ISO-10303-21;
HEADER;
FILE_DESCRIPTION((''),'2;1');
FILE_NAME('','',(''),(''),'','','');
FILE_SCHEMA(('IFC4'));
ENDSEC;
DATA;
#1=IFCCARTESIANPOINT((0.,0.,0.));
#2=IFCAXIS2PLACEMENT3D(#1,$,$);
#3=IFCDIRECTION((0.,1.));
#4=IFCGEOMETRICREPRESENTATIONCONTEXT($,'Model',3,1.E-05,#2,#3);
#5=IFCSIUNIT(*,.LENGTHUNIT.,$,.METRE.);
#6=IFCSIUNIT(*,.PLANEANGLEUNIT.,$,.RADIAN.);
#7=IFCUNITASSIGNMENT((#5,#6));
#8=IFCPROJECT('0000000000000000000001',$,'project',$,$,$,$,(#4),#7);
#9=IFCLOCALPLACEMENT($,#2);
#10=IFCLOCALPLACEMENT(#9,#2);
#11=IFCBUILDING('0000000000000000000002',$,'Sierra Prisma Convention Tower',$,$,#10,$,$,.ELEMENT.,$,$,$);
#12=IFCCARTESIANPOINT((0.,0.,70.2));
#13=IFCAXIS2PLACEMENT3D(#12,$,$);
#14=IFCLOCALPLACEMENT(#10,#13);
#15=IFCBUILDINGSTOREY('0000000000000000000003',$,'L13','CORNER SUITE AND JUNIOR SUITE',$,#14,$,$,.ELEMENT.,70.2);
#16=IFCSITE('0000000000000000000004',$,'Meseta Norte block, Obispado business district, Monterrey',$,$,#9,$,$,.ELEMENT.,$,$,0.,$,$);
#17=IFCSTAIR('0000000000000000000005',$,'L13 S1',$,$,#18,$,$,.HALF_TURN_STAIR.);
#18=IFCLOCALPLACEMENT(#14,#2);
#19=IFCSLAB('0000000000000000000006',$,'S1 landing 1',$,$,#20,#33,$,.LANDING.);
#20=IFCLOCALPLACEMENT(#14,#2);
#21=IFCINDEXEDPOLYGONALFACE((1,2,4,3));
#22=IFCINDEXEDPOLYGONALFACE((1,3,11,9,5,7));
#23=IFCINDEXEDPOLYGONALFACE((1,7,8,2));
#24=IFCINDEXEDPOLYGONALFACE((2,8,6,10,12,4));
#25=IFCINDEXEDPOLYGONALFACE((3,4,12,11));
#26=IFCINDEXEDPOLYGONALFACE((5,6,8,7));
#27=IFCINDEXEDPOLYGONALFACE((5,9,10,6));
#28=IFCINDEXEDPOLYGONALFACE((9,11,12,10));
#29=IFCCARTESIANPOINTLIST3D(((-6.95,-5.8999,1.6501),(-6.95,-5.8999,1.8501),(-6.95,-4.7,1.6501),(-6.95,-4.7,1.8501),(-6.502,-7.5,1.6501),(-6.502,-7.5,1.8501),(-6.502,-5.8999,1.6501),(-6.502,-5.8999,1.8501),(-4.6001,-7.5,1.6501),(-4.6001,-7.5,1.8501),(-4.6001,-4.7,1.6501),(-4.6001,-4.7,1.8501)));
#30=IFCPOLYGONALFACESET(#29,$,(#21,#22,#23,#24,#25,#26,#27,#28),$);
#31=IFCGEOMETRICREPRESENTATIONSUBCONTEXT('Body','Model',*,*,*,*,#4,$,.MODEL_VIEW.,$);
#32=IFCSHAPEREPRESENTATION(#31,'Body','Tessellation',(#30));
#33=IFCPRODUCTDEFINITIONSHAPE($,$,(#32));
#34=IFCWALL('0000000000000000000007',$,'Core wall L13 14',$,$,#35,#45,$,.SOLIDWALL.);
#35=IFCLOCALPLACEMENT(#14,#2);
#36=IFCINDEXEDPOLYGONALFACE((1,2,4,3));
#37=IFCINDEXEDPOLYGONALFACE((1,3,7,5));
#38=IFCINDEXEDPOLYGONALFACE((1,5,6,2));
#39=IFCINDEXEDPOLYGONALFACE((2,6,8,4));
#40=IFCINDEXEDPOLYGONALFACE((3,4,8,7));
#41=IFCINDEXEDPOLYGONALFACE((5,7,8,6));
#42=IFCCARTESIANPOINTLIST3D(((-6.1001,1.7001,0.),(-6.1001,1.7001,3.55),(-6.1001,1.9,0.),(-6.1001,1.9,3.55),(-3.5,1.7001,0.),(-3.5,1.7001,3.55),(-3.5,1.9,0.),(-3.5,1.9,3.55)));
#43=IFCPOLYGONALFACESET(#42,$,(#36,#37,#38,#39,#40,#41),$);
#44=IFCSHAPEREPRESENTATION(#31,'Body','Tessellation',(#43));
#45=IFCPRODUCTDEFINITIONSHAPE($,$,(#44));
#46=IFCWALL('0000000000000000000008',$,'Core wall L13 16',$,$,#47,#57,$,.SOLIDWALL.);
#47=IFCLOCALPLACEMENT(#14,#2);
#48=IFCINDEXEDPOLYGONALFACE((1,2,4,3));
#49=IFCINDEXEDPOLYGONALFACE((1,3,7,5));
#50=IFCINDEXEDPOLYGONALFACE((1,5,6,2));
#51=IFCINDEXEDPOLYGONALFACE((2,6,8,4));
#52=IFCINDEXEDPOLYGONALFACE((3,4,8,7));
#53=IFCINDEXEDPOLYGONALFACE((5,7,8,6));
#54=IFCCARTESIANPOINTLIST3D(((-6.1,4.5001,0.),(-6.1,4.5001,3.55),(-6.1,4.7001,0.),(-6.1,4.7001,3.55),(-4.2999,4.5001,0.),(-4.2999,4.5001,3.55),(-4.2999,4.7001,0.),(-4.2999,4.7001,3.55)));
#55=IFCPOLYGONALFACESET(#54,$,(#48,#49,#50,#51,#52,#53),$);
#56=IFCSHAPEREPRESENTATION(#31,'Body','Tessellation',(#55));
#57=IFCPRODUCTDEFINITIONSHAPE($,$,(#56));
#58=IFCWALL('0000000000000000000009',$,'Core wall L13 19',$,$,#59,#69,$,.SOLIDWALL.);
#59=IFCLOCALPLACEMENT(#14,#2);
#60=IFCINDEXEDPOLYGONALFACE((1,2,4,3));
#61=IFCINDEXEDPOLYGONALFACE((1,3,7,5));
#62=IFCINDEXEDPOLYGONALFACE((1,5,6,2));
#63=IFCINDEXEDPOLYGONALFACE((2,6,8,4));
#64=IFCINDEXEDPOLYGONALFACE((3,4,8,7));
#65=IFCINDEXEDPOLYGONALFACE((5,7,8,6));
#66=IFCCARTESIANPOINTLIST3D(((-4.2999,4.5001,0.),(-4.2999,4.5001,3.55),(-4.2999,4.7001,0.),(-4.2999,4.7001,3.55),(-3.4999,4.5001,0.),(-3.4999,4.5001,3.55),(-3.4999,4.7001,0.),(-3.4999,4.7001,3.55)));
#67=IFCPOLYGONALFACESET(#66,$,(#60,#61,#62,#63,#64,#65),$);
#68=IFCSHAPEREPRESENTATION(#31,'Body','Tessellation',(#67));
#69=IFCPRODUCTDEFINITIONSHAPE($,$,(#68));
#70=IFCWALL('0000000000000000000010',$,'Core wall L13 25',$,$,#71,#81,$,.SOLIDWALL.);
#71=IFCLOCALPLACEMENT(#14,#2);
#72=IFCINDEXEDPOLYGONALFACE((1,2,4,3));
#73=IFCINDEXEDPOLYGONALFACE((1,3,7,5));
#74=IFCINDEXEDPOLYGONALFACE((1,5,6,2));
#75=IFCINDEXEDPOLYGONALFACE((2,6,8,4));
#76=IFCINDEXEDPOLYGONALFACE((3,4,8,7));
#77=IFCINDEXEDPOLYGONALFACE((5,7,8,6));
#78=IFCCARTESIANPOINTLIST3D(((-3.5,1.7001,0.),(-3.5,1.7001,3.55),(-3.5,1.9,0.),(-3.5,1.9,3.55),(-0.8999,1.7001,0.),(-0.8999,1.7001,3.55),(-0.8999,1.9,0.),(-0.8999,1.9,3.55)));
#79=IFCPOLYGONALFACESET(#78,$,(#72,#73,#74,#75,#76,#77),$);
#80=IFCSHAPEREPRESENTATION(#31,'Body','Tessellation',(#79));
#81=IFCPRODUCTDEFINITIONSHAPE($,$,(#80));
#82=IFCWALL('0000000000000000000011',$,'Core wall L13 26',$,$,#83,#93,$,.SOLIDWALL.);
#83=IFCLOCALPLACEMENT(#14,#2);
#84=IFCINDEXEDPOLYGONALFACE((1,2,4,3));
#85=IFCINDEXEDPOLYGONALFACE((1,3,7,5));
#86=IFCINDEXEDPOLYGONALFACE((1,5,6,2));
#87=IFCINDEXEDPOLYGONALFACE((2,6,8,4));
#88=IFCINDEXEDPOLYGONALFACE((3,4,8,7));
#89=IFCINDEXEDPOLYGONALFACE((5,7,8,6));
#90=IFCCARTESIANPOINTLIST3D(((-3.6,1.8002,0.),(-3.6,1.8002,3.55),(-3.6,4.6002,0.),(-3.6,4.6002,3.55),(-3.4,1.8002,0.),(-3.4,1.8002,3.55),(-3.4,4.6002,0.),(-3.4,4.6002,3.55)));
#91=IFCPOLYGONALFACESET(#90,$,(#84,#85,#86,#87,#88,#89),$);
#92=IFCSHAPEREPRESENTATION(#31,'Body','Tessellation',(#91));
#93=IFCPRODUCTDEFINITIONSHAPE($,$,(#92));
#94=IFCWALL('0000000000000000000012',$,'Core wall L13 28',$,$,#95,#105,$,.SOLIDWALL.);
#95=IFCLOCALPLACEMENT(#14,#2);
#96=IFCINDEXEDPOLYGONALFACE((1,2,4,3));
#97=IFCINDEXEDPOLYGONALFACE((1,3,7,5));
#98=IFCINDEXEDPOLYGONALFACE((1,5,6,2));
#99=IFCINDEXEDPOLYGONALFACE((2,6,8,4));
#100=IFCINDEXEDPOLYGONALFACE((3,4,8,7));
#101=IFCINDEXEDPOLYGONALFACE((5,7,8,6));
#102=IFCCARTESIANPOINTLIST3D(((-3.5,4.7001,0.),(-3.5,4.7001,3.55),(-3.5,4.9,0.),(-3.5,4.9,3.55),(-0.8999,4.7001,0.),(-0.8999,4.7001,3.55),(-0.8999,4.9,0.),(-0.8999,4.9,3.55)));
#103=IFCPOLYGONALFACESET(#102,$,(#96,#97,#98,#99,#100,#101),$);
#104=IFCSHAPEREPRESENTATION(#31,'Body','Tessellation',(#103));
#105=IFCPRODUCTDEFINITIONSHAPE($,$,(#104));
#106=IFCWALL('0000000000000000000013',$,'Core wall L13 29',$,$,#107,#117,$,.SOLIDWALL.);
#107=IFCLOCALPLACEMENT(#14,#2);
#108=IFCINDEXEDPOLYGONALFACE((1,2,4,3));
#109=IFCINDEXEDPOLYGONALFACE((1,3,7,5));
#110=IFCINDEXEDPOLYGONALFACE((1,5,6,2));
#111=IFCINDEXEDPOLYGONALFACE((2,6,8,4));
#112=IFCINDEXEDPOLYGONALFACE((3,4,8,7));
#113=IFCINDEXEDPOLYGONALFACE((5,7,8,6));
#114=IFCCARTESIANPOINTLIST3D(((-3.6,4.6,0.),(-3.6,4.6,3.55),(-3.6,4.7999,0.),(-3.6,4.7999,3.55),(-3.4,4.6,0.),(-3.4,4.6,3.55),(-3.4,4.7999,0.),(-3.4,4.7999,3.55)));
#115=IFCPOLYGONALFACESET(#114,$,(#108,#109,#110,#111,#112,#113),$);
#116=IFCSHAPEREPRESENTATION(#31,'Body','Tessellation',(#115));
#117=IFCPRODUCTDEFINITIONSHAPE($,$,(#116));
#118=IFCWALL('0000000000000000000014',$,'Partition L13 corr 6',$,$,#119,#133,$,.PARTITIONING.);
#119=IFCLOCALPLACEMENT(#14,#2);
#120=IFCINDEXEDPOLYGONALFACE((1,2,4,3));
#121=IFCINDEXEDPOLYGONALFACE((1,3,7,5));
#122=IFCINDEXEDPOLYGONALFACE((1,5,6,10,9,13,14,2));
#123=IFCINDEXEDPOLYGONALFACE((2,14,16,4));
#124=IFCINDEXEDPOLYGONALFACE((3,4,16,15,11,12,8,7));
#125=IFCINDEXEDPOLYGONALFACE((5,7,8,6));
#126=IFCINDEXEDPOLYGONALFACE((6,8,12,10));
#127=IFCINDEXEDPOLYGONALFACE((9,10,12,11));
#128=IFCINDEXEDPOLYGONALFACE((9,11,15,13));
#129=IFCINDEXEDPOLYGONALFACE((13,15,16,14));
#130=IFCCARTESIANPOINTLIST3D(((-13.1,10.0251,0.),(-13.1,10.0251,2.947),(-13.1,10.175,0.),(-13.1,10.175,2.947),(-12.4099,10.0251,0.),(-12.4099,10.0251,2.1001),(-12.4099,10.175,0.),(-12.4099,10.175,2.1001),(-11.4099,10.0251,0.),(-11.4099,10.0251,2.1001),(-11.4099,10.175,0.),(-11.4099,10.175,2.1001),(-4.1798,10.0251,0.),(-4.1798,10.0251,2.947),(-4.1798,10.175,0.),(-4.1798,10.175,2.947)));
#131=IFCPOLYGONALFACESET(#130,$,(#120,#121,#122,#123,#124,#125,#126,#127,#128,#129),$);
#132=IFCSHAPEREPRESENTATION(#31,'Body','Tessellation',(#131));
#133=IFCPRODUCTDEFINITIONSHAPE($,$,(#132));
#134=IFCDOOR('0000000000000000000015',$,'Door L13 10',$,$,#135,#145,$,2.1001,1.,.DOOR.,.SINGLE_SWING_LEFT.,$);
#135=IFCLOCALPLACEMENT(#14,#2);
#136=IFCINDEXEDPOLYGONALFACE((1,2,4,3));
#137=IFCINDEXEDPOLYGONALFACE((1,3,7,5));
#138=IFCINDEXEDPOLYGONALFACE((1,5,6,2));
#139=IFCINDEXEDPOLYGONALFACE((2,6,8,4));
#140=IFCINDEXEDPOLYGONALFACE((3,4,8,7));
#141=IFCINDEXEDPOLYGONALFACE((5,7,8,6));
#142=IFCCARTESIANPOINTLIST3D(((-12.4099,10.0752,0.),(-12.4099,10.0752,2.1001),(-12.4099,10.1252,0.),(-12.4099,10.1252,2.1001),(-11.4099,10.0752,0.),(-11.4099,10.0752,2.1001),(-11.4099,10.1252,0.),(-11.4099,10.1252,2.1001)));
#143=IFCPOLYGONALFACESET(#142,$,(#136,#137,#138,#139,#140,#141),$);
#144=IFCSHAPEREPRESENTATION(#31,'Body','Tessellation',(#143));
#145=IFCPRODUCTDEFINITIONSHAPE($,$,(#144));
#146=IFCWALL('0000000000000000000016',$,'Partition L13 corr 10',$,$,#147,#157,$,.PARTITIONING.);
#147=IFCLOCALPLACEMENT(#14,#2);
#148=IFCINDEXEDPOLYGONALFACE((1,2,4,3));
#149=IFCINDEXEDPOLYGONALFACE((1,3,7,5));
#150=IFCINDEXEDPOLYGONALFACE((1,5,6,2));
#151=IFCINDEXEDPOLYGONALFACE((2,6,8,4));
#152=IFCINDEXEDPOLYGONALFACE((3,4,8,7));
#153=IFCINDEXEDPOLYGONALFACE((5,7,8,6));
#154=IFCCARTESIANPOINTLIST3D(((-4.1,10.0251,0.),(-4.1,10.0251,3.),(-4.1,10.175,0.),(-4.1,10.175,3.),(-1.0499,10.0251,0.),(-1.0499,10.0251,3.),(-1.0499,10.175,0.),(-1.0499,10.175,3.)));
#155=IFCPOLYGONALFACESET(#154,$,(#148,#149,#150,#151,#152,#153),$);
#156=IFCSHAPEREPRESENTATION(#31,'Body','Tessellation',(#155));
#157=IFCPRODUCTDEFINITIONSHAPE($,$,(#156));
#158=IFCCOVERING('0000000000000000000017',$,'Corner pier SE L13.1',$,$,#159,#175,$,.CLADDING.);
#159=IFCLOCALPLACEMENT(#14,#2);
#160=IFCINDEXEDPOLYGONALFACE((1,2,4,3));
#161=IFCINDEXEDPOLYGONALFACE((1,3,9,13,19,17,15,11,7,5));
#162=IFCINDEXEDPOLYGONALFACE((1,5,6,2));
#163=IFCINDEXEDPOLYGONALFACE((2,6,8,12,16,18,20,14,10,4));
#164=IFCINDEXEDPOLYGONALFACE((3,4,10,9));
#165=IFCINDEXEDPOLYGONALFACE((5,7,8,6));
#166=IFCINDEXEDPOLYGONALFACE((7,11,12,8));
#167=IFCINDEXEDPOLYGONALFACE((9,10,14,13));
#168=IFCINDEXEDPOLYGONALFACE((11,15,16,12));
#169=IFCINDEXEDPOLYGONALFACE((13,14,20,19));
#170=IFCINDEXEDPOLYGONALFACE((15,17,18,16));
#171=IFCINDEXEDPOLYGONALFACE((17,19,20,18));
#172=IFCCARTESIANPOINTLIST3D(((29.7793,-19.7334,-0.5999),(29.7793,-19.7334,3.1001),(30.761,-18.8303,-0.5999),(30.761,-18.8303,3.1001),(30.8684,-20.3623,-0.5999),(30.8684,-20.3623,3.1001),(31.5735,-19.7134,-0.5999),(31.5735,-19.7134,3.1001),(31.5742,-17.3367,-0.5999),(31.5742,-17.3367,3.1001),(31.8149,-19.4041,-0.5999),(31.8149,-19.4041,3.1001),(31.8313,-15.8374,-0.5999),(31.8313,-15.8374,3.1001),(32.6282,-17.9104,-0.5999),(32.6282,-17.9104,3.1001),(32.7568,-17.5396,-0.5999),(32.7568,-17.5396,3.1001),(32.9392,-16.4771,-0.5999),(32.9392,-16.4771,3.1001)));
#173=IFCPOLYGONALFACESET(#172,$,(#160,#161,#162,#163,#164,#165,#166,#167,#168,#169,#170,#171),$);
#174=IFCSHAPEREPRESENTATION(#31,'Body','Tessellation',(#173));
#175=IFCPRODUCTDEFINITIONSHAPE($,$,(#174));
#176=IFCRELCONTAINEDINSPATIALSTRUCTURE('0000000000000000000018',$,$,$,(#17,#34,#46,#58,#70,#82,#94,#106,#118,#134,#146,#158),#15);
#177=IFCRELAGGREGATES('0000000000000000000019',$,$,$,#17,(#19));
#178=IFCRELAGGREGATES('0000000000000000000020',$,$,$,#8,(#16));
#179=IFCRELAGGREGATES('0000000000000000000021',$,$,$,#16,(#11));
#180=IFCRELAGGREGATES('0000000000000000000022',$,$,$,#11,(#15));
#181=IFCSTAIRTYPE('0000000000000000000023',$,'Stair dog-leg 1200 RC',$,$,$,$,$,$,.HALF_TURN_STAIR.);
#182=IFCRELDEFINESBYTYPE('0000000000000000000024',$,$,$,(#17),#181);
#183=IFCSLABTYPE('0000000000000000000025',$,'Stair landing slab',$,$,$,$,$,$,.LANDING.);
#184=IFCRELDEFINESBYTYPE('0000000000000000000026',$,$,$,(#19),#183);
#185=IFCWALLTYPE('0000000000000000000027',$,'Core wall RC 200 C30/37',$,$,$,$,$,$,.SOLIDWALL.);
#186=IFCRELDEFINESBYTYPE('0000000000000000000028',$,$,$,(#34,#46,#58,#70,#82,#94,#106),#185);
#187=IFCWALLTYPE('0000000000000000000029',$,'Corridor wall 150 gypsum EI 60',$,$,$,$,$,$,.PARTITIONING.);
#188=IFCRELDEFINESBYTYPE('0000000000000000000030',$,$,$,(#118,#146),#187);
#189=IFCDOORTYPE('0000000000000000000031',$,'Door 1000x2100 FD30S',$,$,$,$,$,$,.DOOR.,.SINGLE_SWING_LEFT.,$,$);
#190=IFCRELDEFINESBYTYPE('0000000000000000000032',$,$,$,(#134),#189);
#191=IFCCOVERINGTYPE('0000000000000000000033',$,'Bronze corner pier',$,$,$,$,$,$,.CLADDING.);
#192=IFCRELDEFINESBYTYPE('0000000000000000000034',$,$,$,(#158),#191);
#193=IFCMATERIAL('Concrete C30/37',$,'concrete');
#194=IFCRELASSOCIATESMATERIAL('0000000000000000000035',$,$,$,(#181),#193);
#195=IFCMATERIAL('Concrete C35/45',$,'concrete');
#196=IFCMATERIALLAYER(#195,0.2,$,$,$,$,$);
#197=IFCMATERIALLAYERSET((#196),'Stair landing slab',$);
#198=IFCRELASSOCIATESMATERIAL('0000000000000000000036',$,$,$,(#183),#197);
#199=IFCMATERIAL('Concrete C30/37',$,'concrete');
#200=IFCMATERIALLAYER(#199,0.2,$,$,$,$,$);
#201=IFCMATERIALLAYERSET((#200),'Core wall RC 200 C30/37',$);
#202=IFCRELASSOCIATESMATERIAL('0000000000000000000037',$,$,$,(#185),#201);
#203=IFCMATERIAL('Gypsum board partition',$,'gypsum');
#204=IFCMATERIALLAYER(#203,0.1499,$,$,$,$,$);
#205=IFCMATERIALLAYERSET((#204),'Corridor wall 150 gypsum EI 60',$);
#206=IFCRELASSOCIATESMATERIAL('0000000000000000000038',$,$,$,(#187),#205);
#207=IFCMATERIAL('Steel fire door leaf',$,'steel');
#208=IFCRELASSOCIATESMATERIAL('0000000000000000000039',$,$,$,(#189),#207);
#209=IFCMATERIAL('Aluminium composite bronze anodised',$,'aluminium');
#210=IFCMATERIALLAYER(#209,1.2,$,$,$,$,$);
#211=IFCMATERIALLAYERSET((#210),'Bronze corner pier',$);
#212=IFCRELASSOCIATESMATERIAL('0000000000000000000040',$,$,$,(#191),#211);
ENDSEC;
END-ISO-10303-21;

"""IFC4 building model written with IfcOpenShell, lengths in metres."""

from ifc_helpers import new_model, si_unit, direction, frame, frame_2d, origin, place, context, subcontext, project, spatial, polyline, rectangle, outline, extrude, material, layer, layer_set, type_object, element, fill, aggregate, save


model = new_model("IFC4")

# Units and contexts
model_context = context("Model", 3, precision=1e-05, world=origin(), true_north=direction((0.0, 1.0)))
body_context = subcontext(model_context, "Body", "Model", "MODEL_VIEW")
ifc_project = project(units=[si_unit("LENGTHUNIT", "METRE"), si_unit("PLANEANGLEUNIT", "RADIAN")], contexts=[model_context])

# Site, building, storey
site_placement = place(None, origin())
site = spatial("IfcSite", under=ifc_project, at=site_placement, Name="Meseta Norte block, Obispado business district, Monterrey", CompositionType="ELEMENT", RefElevation=0.0)
building_placement = place(site_placement, origin())
building = spatial("IfcBuilding", under=site, at=building_placement, Name="Sierra Prisma Convention Tower", CompositionType="ELEMENT")
storey_placement = place(building_placement, frame((0.0, 0.0, 70.2)))
storey = spatial("IfcBuildingStorey", under=building, at=storey_placement, Name="L13", Description="CORNER SUITE AND JUNIOR SUITE", CompositionType="ELEMENT", Elevation=70.2)

# Stair, slab
ifc_material_1 = material(Name="Concrete C30/37", Category="concrete")
stair_type = type_object("IfcStairType", Name="Stair dog-leg 1200 RC", PredefinedType="HALF_TURN_STAIR", material=ifc_material_1)
stair_placement = place(storey_placement, origin())
stair = element("IfcStair", 1, at=stair_placement, inside=storey, type_object=stair_type, Name="L13 S1", PredefinedType="HALF_TURN_STAIR")
ifc_material_2 = material(Name="Concrete C35/45", Category="concrete")
ifc_layer_1 = layer(ifc_material_2, 0.2)
ifc_layer_set_1 = layer_set([ifc_layer_1], Name="Stair landing slab")
slab_type_1 = type_object("IfcSlabType", Name="Stair landing slab", PredefinedType="LANDING", material=ifc_layer_set_1)
slab_1_placement = place(storey_placement, frame((0.0, 0.0, 1.6501)))
slab_1 = element("IfcSlab", 2, at=slab_1_placement, type_object=slab_type_1, Name="S1 landing 1", PredefinedType="LANDING", context=body_context, shape_type="SweptSolid", body=[
    extrude(outline(polyline([(-4.6001, -4.7), (-4.6001, -7.5), (-6.502, -7.5), (-6.502, -5.8999), (-6.95, -5.8999), (-6.95, -4.7), (-4.6001, -4.7)])), origin(), (0.0, 0.0, 1.0), 0.2),
])
aggregate(stair, [slab_1])

# Walls
ifc_material_3 = material(Name="Concrete C30/37", Category="concrete")
ifc_layer_2 = layer(ifc_material_3, 0.2)
ifc_layer_set_2 = layer_set([ifc_layer_2], Name="Core wall RC 200 C30/37")
wall_type_1 = type_object("IfcWallType", Name="Core wall RC 200 C30/37", PredefinedType="SOLIDWALL", material=ifc_layer_set_2)
wall_1_placement = place(storey_placement, frame((-3.5, 1.8, 0.0), z_axis=(0.0, 0.0, 1.0), x_axis=(-1.0, 0.0, 0.0)))
element("IfcWall", 3, at=wall_1_placement, inside=storey, type_object=wall_type_1, Name="Core wall L13 14", PredefinedType="SOLIDWALL", context=body_context, shape_type="SweptSolid", body=[
    extrude(rectangle(XDim=2.6001, YDim=0.2, at=frame_2d((1.3, 0.0))), origin(), (0.0, 0.0, 1.0), 3.55),
])
wall_2_placement = place(storey_placement, frame((-4.3, 4.6001, 0.0), z_axis=(0.0, 0.0, 1.0), x_axis=(-1.0, 0.0, 0.0)))
element("IfcWall", 4, at=wall_2_placement, inside=storey, type_object=wall_type_1, Name="Core wall L13 16", PredefinedType="SOLIDWALL", context=body_context, shape_type="SweptSolid", body=[
    extrude(rectangle(XDim=1.8, YDim=0.2, at=frame_2d((0.8999, 0.0))), origin(), (0.0, 0.0, 1.0), 3.55),
])
wall_3_placement = place(storey_placement, frame((-3.5, 4.6001, 0.0), z_axis=(0.0, 0.0, 1.0), x_axis=(-1.0, 0.0, 0.0)))
element("IfcWall", 5, at=wall_3_placement, inside=storey, type_object=wall_type_1, Name="Core wall L13 19", PredefinedType="SOLIDWALL", context=body_context, shape_type="SweptSolid", body=[
    extrude(rectangle(XDim=0.8, YDim=0.2, at=frame_2d((0.3999, 0.0))), origin(), (0.0, 0.0, 1.0), 3.55),
])

# Walls
wall_4_placement = place(storey_placement, frame((-0.8999, 1.8, 0.0), z_axis=(0.0, 0.0, 1.0), x_axis=(-1.0, 0.0, 0.0)))
element("IfcWall", 6, at=wall_4_placement, inside=storey, type_object=wall_type_1, Name="Core wall L13 25", PredefinedType="SOLIDWALL", context=body_context, shape_type="SweptSolid", body=[
    extrude(rectangle(XDim=2.6001, YDim=0.2, at=frame_2d((1.3, 0.0))), origin(), (0.0, 0.0, 1.0), 3.55),
])
wall_5_placement = place(storey_placement, frame((-3.5, 4.6001, 0.0), z_axis=(0.0, 0.0, 1.0), x_axis=(0.0, -1.0, 0.0)))
element("IfcWall", 7, at=wall_5_placement, inside=storey, type_object=wall_type_1, Name="Core wall L13 26", PredefinedType="SOLIDWALL", context=body_context, shape_type="SweptSolid", body=[
    extrude(rectangle(XDim=2.8, YDim=0.2, at=frame_2d((1.3999, 0.0))), origin(), (0.0, 0.0, 1.0), 3.55),
])

# Walls
wall_6_placement = place(storey_placement, frame((-0.8999, 4.8, 0.0), z_axis=(0.0, 0.0, 1.0), x_axis=(-1.0, 0.0, 0.0)))
element("IfcWall", 8, at=wall_6_placement, inside=storey, type_object=wall_type_1, Name="Core wall L13 28", PredefinedType="SOLIDWALL", context=body_context, shape_type="SweptSolid", body=[
    extrude(rectangle(XDim=2.6001, YDim=0.2, at=frame_2d((1.3, 0.0))), origin(), (0.0, 0.0, 1.0), 3.55),
])
wall_7_placement = place(storey_placement, frame((-3.5, 4.8, 0.0), z_axis=(0.0, 0.0, 1.0), x_axis=(0.0, -1.0, 0.0)))
element("IfcWall", 9, at=wall_7_placement, inside=storey, type_object=wall_type_1, Name="Core wall L13 29", PredefinedType="SOLIDWALL", context=body_context, shape_type="SweptSolid", body=[
    extrude(rectangle(XDim=0.2, YDim=0.2, at=frame_2d((0.1001, 0.0))), origin(), (0.0, 0.0, 1.0), 3.55),
])

# Wall, opening, door
ifc_material_4 = material(Name="Gypsum board partition", Category="gypsum")
ifc_layer_3 = layer(ifc_material_4, 0.1499)
ifc_layer_set_3 = layer_set([ifc_layer_3], Name="Corridor wall 150 gypsum EI 60")
wall_type_2 = type_object("IfcWallType", Name="Corridor wall 150 gypsum EI 60", PredefinedType="PARTITIONING", material=ifc_layer_set_3)
wall_8_placement = place(storey_placement, frame((-4.1799, 10.1001, 0.0), z_axis=(0.0, 0.0, 1.0), x_axis=(-1.0, 0.0, 0.0)))
wall_8 = element("IfcWall", 10, at=wall_8_placement, inside=storey, type_object=wall_type_2, Name="Partition L13 corr 6", PredefinedType="PARTITIONING", context=body_context, shape_type="SweptSolid", body=[
    extrude(rectangle(XDim=8.9202, YDim=0.1499, at=frame_2d((4.46, 0.0))), origin(), (0.0, 0.0, 1.0), 2.947),
])
opening_1_placement = place(wall_8_placement, frame((7.23, 0.0, 0.0)))
opening_1 = element("IfcOpeningElement", 11, at=opening_1_placement, cuts=wall_8, PredefinedType="OPENING", context=body_context, shape_type="SweptSolid", body=[
    extrude(rectangle(XDim=1.0, YDim=2.1001, at=frame_2d((0.5, 1.05))), frame((0.0, 0.075, 0.0), z_axis=(0.0, -1.0, 0.0), x_axis=(1.0, 0.0, 0.0)), (0.0, 0.0, 1.0), 0.1499),
])
ifc_material_5 = material(Name="Steel fire door leaf", Category="steel")
door_type_1 = type_object("IfcDoorType", Name="Door 1000x2100 FD30S", OperationType="SINGLE_SWING_LEFT", PredefinedType="DOOR", material=ifc_material_5)
door_1_placement = place(opening_1_placement, origin())
door_1 = element("IfcDoor", 12, at=door_1_placement, inside=storey, type_object=door_type_1, Name="Door L13 10", OperationType="SINGLE_SWING_LEFT", OverallHeight=2.1001, OverallWidth=1.0, PredefinedType="DOOR", context=body_context, shape_type="SweptSolid", body=[
    extrude(rectangle(XDim=1.0, YDim=2.1001, at=frame_2d((0.5, 1.05))), frame((0.0, 0.0249, 0.0), z_axis=(0.0, -1.0, 0.0), x_axis=(1.0, 0.0, 0.0)), (0.0, 0.0, 1.0), 0.05),
])
fill(opening_1, door_1)

# Wall
wall_9_placement = place(storey_placement, frame((-1.05, 10.1001, 0.0), z_axis=(0.0, 0.0, 1.0), x_axis=(-1.0, 0.0, 0.0)))
element("IfcWall", 13, at=wall_9_placement, inside=storey, type_object=wall_type_2, Name="Partition L13 corr 10", PredefinedType="PARTITIONING", context=body_context, shape_type="SweptSolid", body=[
    extrude(rectangle(XDim=3.05, YDim=0.1499, at=frame_2d((1.5249, 0.0))), origin(), (0.0, 0.0, 1.0), 3.0),
])

# Covering
ifc_material_6 = material(Name="Aluminium composite bronze anodised", Category="aluminium")
ifc_layer_4 = layer(ifc_material_6, 1.2)
ifc_layer_set_4 = layer_set([ifc_layer_4], Name="Bronze corner pier")
covering_type = type_object("IfcCoveringType", Name="Bronze corner pier", PredefinedType="CLADDING", material=ifc_layer_set_4)
covering_1_placement = place(storey_placement, frame((0.0, 0.0, -0.5999)))
element("IfcCovering", 14, at=covering_1_placement, inside=storey, type_object=covering_type, Name="Corner pier SE L13.1", PredefinedType="CLADDING", context=body_context, shape_type="SweptSolid", body=[
    extrude(outline(polyline([(32.6282, -17.9104), (31.8149, -19.4041), (31.5735, -19.7134), (30.8684, -20.3623), (29.7793, -19.7334), (30.761, -18.8303), (31.5742, -17.3367), (31.8313, -15.8374), (32.9392, -16.4771), (32.7568, -17.5396), (32.6282, -17.9104)])), origin(), (0.0, 0.0, 1.0), 3.7),
])

save(model, "model.ifc")
